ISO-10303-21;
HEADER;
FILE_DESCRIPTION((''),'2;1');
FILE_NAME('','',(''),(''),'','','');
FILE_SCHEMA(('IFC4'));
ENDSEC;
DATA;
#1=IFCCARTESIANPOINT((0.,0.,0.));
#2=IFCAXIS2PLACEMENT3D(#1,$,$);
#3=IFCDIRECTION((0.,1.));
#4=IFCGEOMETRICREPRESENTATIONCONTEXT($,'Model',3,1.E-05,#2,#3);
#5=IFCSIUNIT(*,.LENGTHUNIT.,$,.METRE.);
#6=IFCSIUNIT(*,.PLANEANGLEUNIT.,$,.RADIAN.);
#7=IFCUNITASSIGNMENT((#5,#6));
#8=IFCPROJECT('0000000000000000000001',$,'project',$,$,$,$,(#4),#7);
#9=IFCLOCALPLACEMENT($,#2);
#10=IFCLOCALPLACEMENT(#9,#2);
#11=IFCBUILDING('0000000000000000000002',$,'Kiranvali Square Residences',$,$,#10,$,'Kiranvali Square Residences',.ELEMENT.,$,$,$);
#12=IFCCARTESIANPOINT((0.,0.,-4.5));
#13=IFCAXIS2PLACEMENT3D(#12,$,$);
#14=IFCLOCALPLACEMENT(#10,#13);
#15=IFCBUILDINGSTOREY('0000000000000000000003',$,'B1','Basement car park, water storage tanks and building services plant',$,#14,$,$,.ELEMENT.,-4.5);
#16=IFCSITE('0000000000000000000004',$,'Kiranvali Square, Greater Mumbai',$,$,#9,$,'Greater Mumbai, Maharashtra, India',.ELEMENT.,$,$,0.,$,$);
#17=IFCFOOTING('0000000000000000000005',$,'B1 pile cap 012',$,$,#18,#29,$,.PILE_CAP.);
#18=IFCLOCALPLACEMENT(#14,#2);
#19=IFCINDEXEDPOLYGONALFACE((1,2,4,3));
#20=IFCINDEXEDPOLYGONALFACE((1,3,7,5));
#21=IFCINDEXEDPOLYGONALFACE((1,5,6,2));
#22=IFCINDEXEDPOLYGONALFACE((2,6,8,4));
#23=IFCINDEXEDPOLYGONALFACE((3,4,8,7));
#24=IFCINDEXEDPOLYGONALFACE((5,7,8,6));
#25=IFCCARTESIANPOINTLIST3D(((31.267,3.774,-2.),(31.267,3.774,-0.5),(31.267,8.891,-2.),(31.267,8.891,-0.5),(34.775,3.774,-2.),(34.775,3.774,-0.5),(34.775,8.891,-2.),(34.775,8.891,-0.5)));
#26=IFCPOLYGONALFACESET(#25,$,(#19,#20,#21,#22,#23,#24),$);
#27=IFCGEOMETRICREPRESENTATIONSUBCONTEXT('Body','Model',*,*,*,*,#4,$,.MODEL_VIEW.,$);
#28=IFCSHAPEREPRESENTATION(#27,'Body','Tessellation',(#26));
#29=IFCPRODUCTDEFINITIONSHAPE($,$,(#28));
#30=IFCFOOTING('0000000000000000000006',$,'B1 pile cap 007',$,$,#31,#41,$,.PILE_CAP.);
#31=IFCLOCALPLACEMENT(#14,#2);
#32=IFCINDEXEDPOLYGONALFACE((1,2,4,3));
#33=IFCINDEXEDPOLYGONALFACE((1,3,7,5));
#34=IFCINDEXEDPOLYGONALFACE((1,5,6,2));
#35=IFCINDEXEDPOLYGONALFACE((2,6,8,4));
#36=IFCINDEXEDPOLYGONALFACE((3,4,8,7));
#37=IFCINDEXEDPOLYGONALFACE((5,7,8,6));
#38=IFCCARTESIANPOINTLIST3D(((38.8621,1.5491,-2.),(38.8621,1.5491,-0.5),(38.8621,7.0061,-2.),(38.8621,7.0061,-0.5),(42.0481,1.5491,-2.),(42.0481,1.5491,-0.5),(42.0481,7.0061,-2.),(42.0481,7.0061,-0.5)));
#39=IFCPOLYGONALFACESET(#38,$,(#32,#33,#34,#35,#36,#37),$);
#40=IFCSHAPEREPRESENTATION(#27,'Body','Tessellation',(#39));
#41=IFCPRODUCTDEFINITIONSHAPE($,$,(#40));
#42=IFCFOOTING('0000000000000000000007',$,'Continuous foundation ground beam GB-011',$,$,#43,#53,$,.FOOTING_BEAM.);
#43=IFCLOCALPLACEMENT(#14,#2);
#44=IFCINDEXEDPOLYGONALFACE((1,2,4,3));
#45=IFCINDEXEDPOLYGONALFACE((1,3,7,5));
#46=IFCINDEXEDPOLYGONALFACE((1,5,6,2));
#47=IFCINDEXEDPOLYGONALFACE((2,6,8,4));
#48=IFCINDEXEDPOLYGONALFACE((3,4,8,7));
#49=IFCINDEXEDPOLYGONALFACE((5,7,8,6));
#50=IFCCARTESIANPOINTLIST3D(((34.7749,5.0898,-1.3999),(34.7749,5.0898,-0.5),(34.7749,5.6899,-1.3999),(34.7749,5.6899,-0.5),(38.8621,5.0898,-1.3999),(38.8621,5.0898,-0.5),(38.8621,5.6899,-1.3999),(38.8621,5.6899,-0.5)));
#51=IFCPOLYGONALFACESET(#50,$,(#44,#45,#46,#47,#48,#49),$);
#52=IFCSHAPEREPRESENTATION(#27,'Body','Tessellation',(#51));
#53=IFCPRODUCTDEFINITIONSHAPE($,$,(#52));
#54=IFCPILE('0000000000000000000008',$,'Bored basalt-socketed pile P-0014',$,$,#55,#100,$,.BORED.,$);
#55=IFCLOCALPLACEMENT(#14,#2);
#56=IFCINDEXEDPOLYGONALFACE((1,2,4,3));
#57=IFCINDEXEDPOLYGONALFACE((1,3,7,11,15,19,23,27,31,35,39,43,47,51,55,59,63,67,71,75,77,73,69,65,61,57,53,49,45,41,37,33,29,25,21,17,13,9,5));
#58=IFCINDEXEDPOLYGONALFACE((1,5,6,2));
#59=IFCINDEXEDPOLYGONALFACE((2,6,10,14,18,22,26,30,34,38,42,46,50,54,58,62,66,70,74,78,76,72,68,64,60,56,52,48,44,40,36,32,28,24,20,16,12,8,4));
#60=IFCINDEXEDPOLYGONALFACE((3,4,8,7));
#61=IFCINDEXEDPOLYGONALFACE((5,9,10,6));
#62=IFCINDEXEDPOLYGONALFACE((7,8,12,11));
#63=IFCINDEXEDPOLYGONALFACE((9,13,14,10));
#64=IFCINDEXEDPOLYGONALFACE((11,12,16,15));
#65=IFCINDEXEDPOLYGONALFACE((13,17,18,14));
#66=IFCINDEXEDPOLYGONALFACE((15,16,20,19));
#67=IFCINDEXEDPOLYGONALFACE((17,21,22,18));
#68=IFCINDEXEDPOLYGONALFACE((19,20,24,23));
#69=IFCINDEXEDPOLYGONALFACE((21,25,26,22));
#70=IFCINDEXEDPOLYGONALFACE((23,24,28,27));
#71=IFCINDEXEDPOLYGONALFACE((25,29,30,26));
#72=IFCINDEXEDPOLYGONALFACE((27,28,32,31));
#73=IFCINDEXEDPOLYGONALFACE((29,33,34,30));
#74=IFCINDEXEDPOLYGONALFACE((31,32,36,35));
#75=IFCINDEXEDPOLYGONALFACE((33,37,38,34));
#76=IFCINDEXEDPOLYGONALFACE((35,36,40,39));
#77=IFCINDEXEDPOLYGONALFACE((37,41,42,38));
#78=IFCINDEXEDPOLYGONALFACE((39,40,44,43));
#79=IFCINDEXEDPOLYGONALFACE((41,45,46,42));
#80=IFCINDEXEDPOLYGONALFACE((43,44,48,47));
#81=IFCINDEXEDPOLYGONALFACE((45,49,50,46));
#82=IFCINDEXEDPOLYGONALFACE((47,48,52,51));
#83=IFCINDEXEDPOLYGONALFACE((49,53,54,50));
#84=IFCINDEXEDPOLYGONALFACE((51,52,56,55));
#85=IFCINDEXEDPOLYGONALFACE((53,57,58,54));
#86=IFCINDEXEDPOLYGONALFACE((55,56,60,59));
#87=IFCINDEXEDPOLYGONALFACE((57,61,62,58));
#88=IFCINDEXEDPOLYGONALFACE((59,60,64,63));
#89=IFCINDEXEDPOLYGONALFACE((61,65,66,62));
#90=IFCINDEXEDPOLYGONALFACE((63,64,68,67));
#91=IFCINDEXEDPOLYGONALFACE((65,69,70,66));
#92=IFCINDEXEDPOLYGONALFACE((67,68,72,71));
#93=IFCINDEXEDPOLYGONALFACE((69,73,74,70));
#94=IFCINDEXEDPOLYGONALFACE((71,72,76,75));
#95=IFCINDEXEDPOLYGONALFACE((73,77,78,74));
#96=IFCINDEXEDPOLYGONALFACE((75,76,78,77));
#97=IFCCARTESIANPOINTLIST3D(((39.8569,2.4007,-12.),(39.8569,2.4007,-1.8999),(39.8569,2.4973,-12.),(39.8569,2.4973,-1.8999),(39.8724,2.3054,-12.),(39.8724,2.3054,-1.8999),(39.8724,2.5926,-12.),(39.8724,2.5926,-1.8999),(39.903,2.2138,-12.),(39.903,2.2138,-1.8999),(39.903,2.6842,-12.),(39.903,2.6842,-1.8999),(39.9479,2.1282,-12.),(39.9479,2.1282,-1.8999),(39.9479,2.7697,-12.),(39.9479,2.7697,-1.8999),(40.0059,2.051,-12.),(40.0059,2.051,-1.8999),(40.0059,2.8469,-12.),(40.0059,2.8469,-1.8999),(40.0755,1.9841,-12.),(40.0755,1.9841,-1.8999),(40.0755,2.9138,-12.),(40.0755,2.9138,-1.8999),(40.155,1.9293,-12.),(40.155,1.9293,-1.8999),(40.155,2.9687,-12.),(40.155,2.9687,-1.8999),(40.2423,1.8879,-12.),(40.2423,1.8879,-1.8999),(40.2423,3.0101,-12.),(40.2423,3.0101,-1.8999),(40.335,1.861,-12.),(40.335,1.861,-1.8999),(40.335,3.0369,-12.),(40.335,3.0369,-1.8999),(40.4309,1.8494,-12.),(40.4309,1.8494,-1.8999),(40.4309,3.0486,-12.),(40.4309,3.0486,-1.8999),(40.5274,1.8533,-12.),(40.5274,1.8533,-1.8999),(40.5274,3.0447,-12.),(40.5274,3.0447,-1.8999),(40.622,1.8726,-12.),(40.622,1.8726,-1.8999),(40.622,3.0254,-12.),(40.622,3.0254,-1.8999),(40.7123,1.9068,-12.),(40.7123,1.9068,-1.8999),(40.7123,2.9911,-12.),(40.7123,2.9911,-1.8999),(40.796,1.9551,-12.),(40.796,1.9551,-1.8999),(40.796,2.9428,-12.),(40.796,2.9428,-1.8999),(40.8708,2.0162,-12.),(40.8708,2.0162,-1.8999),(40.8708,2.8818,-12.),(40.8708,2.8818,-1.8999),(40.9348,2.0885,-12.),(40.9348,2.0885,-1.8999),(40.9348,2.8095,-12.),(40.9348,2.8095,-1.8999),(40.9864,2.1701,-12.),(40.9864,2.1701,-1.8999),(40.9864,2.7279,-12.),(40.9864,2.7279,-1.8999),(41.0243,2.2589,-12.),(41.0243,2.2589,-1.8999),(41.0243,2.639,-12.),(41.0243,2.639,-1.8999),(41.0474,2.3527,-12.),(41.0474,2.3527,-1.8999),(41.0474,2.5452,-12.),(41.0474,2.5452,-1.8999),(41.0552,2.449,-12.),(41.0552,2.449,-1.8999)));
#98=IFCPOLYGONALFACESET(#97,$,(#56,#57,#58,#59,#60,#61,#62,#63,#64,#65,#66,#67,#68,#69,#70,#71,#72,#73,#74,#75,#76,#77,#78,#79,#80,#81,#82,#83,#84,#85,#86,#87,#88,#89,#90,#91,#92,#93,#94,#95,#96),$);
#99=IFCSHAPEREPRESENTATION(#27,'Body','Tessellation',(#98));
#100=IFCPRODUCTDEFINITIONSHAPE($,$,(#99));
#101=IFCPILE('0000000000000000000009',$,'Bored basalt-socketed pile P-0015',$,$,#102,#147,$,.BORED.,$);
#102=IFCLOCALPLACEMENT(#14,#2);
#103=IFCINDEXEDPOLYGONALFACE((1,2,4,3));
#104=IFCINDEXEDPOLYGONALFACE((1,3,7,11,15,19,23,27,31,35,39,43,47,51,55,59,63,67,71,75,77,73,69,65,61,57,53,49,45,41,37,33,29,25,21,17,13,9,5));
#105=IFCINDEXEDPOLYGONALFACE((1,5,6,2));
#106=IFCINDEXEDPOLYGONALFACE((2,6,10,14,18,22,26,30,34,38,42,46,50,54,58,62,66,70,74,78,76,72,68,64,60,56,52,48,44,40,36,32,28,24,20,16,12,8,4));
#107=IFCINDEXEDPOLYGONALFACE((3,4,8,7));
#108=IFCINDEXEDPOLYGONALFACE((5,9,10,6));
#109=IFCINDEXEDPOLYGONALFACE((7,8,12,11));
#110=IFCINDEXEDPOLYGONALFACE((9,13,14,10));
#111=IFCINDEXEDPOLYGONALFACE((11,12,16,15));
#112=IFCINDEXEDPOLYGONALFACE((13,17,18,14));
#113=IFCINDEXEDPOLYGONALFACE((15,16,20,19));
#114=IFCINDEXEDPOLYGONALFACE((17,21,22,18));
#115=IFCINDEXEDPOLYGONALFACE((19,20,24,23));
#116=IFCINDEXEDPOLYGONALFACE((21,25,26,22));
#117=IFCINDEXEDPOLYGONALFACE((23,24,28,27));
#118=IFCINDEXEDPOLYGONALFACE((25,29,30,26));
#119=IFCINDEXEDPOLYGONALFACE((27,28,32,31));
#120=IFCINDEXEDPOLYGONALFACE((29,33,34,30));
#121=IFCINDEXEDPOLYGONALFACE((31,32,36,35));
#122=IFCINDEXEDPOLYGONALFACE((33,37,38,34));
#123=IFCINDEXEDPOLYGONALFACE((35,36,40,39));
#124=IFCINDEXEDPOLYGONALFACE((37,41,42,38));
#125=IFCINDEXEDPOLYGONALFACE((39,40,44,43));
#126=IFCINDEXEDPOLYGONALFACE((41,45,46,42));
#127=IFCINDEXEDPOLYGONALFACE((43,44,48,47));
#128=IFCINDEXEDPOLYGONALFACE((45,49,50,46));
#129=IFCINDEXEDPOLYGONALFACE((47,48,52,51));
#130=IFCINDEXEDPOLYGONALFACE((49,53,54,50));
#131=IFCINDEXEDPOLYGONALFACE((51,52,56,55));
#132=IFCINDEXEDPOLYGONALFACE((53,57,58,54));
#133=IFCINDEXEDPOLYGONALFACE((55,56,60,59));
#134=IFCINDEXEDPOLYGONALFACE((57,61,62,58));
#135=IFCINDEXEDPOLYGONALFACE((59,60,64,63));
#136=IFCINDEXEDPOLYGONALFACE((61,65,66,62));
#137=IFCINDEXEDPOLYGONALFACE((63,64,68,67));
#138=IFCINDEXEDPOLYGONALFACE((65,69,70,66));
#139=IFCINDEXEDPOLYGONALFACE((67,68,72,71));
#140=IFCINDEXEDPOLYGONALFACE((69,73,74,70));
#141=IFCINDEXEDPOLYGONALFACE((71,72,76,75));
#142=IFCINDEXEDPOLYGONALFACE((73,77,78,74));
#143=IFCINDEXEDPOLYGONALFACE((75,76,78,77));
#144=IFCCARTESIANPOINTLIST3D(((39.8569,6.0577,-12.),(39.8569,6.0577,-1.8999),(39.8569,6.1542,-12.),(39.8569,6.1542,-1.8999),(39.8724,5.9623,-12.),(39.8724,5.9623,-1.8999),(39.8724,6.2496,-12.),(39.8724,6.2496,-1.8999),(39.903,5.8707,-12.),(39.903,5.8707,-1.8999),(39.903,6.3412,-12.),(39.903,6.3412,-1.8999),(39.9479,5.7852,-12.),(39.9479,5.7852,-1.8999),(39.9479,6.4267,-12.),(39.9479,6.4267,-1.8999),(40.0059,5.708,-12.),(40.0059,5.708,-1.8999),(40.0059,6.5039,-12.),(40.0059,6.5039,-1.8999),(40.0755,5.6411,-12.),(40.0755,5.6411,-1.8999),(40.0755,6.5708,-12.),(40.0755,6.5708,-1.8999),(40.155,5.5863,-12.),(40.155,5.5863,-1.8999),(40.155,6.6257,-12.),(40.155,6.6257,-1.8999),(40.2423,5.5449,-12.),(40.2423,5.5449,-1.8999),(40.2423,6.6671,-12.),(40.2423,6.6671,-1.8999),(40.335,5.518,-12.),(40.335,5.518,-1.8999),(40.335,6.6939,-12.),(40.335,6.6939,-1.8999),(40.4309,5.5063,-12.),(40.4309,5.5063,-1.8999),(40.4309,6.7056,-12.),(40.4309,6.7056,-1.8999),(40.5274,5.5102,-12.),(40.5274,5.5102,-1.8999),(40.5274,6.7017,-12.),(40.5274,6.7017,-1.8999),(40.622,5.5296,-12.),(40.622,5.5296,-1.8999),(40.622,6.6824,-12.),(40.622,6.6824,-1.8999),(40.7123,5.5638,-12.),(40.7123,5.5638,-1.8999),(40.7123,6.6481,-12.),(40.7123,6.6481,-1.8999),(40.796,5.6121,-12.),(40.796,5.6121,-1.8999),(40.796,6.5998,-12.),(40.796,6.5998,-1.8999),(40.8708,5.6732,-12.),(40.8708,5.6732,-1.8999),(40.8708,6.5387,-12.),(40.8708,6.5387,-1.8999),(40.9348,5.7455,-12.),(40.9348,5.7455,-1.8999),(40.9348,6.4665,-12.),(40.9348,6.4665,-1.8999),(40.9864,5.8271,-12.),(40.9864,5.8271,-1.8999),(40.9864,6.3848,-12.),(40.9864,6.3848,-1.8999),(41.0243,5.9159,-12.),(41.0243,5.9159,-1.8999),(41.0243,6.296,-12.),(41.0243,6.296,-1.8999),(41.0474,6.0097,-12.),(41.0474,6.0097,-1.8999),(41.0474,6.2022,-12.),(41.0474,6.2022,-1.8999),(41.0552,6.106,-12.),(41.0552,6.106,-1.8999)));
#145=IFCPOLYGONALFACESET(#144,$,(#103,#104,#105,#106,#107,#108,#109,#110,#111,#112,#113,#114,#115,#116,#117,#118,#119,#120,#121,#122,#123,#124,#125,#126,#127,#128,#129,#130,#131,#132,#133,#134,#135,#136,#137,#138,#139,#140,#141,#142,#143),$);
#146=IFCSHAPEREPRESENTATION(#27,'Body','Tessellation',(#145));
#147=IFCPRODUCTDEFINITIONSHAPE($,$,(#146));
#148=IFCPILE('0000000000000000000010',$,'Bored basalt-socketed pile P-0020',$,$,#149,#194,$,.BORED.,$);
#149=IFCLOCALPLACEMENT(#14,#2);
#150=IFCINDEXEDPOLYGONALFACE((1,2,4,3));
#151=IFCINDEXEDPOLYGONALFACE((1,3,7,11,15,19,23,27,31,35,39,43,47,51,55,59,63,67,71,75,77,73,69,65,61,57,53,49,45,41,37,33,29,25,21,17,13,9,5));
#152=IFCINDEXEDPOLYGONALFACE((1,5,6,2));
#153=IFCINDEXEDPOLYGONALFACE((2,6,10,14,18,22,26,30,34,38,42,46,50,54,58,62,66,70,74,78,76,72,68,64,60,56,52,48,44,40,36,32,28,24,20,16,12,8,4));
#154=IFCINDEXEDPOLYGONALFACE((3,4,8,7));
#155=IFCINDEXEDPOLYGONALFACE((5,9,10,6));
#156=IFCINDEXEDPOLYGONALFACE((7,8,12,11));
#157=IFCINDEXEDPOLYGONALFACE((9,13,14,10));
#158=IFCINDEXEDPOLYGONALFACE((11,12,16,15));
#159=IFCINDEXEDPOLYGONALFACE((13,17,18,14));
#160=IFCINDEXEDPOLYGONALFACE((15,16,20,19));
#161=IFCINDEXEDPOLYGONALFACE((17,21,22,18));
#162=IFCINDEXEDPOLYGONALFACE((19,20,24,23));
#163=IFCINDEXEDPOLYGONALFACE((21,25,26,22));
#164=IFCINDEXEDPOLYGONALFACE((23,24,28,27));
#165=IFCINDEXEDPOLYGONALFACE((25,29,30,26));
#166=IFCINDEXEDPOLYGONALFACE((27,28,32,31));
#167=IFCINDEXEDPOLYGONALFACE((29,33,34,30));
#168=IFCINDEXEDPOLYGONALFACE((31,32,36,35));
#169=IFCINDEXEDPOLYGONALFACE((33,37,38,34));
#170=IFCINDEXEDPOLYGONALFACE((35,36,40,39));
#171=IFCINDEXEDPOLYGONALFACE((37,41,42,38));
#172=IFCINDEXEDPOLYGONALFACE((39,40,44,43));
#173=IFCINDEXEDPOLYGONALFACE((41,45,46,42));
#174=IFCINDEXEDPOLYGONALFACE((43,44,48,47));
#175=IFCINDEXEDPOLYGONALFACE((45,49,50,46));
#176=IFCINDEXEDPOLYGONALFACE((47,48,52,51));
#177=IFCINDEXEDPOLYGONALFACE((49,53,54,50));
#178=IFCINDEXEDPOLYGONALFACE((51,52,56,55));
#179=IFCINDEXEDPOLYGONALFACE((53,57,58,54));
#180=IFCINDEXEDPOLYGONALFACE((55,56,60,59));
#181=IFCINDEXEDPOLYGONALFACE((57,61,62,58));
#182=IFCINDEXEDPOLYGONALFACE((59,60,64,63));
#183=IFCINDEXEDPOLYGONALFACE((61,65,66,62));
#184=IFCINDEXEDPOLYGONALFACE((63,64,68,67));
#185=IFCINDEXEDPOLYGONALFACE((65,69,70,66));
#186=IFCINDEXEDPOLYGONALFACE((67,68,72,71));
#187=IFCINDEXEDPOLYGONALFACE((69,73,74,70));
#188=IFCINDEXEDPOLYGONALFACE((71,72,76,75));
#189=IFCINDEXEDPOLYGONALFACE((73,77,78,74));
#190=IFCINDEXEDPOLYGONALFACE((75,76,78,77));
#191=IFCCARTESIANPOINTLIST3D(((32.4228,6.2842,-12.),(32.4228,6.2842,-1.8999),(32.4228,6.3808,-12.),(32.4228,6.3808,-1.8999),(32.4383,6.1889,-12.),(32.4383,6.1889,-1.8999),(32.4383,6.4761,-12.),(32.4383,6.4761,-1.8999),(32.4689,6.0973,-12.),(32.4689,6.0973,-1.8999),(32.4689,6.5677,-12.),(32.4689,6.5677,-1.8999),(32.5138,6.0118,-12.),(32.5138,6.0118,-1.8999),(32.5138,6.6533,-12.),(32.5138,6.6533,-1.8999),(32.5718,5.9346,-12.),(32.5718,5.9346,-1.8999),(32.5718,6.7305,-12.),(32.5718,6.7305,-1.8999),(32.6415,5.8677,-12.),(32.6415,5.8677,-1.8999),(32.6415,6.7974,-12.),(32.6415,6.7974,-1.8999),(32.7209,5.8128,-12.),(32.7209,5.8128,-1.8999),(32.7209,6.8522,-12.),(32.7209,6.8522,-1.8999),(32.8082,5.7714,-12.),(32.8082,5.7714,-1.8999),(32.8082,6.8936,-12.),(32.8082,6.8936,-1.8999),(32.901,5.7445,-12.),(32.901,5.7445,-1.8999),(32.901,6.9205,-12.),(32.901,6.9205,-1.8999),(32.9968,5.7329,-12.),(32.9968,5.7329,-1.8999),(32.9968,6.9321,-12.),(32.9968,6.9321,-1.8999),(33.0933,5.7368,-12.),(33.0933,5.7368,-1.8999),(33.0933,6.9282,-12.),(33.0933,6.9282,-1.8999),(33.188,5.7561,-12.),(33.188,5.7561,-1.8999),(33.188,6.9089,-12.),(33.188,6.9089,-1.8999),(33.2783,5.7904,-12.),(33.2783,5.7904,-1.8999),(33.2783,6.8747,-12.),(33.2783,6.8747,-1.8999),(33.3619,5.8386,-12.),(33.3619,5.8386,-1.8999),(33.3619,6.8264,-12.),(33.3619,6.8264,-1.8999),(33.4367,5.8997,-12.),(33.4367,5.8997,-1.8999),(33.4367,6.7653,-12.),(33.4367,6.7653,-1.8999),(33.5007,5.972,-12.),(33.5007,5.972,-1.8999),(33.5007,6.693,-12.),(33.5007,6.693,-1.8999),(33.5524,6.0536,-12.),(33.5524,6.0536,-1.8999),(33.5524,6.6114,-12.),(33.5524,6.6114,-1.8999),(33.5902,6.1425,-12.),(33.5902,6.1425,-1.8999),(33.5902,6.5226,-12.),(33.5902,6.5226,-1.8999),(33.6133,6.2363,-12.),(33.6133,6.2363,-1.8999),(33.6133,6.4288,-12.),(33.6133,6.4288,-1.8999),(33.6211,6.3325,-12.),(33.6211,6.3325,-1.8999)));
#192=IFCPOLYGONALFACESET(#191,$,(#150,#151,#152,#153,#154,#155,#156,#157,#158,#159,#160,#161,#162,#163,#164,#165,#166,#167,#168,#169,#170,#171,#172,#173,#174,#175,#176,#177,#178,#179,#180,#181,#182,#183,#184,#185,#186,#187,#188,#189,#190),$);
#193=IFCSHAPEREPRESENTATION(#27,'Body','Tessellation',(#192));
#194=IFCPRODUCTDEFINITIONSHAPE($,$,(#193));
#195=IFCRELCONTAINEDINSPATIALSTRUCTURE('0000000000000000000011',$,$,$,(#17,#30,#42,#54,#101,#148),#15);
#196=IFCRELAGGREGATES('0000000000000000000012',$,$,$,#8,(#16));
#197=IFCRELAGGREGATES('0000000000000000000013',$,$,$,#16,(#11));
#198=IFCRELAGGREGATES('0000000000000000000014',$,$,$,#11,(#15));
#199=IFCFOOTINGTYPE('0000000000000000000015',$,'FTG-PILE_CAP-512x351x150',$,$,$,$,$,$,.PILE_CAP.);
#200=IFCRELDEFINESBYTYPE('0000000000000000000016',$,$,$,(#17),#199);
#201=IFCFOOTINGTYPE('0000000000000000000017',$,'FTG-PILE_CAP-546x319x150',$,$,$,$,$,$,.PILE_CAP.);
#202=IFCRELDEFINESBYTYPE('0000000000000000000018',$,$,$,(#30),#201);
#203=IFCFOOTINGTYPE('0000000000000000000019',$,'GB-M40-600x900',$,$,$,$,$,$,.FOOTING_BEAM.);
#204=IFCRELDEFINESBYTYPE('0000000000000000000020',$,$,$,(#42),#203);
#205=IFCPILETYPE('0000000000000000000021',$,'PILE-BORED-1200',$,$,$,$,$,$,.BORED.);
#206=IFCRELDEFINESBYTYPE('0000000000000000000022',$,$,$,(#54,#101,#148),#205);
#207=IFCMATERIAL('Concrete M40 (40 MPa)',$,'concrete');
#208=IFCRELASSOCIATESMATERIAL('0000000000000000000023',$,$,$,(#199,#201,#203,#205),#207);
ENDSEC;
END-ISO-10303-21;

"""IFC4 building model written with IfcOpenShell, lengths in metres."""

from ifc_helpers import new_model, si_unit, direction, frame, origin, origin_2d, place, context, subcontext, project, spatial, rectangle, circle, extrude, material, material_profile, profile_set, type_object, element, save


model = new_model("IFC4")

# Units and contexts
model_context = context("Model", 3, precision=1e-05, world=origin(), true_north=direction((0.0, 1.0)))
body_context = subcontext(model_context, "Body", "Model", "MODEL_VIEW")
ifc_project = project(units=[si_unit("LENGTHUNIT", "METRE"), si_unit("PLANEANGLEUNIT", "RADIAN")], contexts=[model_context])

# Site, building, storey
site_placement = place(None, origin())
site = spatial("IfcSite", under=ifc_project, at=site_placement, Name="Kiranvali Square, Greater Mumbai", LongName="Greater Mumbai, Maharashtra, India", CompositionType="ELEMENT", RefElevation=0.0)
building_placement = place(site_placement, origin())
building = spatial("IfcBuilding", under=site, at=building_placement, Name="Kiranvali Square Residences", LongName="Kiranvali Square Residences", CompositionType="ELEMENT")
storey_placement = place(building_placement, frame((0.0, 0.0, -4.5)))
storey = spatial("IfcBuildingStorey", under=building, at=storey_placement, Name="B1", Description="Basement car park, water storage tanks and building services plant", CompositionType="ELEMENT", Elevation=-4.5)

# Footings
ifc_material_1 = material(Name="Concrete M40 (40 MPa)", Category="concrete")
footing_type_1 = type_object("IfcFootingType", Name="FTG-PILE_CAP-512x351x150", PredefinedType="PILE_CAP", material=ifc_material_1)
footing_1_placement = place(storey_placement, frame((33.021, 6.3325, -2.0), z_axis=(0.0, 0.0, 1.0), x_axis=(0.0, 1.0, 0.0)))
element("IfcFooting", 1, at=footing_1_placement, inside=storey, type_object=footing_type_1, Name="B1 pile cap 012", PredefinedType="PILE_CAP", context=body_context, shape_type="SweptSolid", body=[
    extrude(rectangle(XDim=5.1169, YDim=3.5081, at=origin_2d()), origin(), (0.0, 0.0, 1.0), 1.5),
])
footing_type_2 = type_object("IfcFootingType", Name="FTG-PILE_CAP-546x319x150", PredefinedType="PILE_CAP", material=ifc_material_1)
footing_2_placement = place(storey_placement, frame((40.4551, 4.2776, -2.0), z_axis=(0.0, 0.0, 1.0), x_axis=(0.0, 1.0, 0.0)))
element("IfcFooting", 2, at=footing_2_placement, inside=storey, type_object=footing_type_2, Name="B1 pile cap 007", PredefinedType="PILE_CAP", context=body_context, shape_type="SweptSolid", body=[
    extrude(rectangle(XDim=5.457, YDim=3.186, at=origin_2d()), origin(), (0.0, 0.0, 1.0), 1.5),
])
ifc_material_profile_1 = material_profile(ifc_material_1, rectangle(XDim=0.6001, YDim=0.8999, at=origin_2d()), Name="GB 600x900")
ifc_profile_set_1 = profile_set([ifc_material_profile_1], Name="Concrete M40 (40 MPa)")
footing_type_3 = type_object("IfcFootingType", Name="GB-M40-600x900", PredefinedType="FOOTING_BEAM", material=ifc_profile_set_1)
footing_3_placement = place(storey_placement, frame((34.7749, 5.3899, -0.95), z_axis=(1.0, 0.0, 0.0), x_axis=(0.0, 1.0, 0.0)))
element("IfcFooting", 3, at=footing_3_placement, inside=storey, type_object=footing_type_3, Name="Continuous foundation ground beam GB-011", PredefinedType="FOOTING_BEAM", context=body_context, shape_type="SweptSolid", body=[
    extrude(rectangle(XDim=0.6001, YDim=0.8999, at=origin_2d()), origin(), (0.0, 0.0, 1.0), 4.0872),
])

# Piles
ifc_material_profile_2 = material_profile(ifc_material_1, circle(Radius=0.6001, at=origin_2d()), Name="BORED PILE 1200")
ifc_profile_set_2 = profile_set([ifc_material_profile_2], Name="Concrete M40 (40 MPa)")
pile_type = type_object("IfcPileType", Name="PILE-BORED-1200", PredefinedType="BORED", material=ifc_profile_set_2)
for number, where, z_axis, x_axis, name in (
    (4, (40.4551, 2.449, -1.8999), (0.0, 0.0, -1.0), (1.0, 0.0, 0.0), "Bored basalt-socketed pile P-0014"),
    (5, (40.4551, 6.106, -1.8999), (0.0, 0.0, -1.0), (1.0, 0.0, 0.0), "Bored basalt-socketed pile P-0015"),
    (6, (33.021, 6.3325, -1.8999), (0.0, 0.0, -1.0), (1.0, 0.0, 0.0), "Bored basalt-socketed pile P-0020"),
):
    element("IfcPile", number, at=place(storey_placement, frame(where, z_axis=z_axis, x_axis=x_axis)), inside=storey, type_object=pile_type, Name=name, PredefinedType="BORED", context=body_context, shape_type="SweptSolid", body=[
        extrude(circle(Radius=0.6001, at=origin_2d()), origin(), (0.0, 0.0, 1.0), 10.1001),
    ])

save(model, "model.ifc")
